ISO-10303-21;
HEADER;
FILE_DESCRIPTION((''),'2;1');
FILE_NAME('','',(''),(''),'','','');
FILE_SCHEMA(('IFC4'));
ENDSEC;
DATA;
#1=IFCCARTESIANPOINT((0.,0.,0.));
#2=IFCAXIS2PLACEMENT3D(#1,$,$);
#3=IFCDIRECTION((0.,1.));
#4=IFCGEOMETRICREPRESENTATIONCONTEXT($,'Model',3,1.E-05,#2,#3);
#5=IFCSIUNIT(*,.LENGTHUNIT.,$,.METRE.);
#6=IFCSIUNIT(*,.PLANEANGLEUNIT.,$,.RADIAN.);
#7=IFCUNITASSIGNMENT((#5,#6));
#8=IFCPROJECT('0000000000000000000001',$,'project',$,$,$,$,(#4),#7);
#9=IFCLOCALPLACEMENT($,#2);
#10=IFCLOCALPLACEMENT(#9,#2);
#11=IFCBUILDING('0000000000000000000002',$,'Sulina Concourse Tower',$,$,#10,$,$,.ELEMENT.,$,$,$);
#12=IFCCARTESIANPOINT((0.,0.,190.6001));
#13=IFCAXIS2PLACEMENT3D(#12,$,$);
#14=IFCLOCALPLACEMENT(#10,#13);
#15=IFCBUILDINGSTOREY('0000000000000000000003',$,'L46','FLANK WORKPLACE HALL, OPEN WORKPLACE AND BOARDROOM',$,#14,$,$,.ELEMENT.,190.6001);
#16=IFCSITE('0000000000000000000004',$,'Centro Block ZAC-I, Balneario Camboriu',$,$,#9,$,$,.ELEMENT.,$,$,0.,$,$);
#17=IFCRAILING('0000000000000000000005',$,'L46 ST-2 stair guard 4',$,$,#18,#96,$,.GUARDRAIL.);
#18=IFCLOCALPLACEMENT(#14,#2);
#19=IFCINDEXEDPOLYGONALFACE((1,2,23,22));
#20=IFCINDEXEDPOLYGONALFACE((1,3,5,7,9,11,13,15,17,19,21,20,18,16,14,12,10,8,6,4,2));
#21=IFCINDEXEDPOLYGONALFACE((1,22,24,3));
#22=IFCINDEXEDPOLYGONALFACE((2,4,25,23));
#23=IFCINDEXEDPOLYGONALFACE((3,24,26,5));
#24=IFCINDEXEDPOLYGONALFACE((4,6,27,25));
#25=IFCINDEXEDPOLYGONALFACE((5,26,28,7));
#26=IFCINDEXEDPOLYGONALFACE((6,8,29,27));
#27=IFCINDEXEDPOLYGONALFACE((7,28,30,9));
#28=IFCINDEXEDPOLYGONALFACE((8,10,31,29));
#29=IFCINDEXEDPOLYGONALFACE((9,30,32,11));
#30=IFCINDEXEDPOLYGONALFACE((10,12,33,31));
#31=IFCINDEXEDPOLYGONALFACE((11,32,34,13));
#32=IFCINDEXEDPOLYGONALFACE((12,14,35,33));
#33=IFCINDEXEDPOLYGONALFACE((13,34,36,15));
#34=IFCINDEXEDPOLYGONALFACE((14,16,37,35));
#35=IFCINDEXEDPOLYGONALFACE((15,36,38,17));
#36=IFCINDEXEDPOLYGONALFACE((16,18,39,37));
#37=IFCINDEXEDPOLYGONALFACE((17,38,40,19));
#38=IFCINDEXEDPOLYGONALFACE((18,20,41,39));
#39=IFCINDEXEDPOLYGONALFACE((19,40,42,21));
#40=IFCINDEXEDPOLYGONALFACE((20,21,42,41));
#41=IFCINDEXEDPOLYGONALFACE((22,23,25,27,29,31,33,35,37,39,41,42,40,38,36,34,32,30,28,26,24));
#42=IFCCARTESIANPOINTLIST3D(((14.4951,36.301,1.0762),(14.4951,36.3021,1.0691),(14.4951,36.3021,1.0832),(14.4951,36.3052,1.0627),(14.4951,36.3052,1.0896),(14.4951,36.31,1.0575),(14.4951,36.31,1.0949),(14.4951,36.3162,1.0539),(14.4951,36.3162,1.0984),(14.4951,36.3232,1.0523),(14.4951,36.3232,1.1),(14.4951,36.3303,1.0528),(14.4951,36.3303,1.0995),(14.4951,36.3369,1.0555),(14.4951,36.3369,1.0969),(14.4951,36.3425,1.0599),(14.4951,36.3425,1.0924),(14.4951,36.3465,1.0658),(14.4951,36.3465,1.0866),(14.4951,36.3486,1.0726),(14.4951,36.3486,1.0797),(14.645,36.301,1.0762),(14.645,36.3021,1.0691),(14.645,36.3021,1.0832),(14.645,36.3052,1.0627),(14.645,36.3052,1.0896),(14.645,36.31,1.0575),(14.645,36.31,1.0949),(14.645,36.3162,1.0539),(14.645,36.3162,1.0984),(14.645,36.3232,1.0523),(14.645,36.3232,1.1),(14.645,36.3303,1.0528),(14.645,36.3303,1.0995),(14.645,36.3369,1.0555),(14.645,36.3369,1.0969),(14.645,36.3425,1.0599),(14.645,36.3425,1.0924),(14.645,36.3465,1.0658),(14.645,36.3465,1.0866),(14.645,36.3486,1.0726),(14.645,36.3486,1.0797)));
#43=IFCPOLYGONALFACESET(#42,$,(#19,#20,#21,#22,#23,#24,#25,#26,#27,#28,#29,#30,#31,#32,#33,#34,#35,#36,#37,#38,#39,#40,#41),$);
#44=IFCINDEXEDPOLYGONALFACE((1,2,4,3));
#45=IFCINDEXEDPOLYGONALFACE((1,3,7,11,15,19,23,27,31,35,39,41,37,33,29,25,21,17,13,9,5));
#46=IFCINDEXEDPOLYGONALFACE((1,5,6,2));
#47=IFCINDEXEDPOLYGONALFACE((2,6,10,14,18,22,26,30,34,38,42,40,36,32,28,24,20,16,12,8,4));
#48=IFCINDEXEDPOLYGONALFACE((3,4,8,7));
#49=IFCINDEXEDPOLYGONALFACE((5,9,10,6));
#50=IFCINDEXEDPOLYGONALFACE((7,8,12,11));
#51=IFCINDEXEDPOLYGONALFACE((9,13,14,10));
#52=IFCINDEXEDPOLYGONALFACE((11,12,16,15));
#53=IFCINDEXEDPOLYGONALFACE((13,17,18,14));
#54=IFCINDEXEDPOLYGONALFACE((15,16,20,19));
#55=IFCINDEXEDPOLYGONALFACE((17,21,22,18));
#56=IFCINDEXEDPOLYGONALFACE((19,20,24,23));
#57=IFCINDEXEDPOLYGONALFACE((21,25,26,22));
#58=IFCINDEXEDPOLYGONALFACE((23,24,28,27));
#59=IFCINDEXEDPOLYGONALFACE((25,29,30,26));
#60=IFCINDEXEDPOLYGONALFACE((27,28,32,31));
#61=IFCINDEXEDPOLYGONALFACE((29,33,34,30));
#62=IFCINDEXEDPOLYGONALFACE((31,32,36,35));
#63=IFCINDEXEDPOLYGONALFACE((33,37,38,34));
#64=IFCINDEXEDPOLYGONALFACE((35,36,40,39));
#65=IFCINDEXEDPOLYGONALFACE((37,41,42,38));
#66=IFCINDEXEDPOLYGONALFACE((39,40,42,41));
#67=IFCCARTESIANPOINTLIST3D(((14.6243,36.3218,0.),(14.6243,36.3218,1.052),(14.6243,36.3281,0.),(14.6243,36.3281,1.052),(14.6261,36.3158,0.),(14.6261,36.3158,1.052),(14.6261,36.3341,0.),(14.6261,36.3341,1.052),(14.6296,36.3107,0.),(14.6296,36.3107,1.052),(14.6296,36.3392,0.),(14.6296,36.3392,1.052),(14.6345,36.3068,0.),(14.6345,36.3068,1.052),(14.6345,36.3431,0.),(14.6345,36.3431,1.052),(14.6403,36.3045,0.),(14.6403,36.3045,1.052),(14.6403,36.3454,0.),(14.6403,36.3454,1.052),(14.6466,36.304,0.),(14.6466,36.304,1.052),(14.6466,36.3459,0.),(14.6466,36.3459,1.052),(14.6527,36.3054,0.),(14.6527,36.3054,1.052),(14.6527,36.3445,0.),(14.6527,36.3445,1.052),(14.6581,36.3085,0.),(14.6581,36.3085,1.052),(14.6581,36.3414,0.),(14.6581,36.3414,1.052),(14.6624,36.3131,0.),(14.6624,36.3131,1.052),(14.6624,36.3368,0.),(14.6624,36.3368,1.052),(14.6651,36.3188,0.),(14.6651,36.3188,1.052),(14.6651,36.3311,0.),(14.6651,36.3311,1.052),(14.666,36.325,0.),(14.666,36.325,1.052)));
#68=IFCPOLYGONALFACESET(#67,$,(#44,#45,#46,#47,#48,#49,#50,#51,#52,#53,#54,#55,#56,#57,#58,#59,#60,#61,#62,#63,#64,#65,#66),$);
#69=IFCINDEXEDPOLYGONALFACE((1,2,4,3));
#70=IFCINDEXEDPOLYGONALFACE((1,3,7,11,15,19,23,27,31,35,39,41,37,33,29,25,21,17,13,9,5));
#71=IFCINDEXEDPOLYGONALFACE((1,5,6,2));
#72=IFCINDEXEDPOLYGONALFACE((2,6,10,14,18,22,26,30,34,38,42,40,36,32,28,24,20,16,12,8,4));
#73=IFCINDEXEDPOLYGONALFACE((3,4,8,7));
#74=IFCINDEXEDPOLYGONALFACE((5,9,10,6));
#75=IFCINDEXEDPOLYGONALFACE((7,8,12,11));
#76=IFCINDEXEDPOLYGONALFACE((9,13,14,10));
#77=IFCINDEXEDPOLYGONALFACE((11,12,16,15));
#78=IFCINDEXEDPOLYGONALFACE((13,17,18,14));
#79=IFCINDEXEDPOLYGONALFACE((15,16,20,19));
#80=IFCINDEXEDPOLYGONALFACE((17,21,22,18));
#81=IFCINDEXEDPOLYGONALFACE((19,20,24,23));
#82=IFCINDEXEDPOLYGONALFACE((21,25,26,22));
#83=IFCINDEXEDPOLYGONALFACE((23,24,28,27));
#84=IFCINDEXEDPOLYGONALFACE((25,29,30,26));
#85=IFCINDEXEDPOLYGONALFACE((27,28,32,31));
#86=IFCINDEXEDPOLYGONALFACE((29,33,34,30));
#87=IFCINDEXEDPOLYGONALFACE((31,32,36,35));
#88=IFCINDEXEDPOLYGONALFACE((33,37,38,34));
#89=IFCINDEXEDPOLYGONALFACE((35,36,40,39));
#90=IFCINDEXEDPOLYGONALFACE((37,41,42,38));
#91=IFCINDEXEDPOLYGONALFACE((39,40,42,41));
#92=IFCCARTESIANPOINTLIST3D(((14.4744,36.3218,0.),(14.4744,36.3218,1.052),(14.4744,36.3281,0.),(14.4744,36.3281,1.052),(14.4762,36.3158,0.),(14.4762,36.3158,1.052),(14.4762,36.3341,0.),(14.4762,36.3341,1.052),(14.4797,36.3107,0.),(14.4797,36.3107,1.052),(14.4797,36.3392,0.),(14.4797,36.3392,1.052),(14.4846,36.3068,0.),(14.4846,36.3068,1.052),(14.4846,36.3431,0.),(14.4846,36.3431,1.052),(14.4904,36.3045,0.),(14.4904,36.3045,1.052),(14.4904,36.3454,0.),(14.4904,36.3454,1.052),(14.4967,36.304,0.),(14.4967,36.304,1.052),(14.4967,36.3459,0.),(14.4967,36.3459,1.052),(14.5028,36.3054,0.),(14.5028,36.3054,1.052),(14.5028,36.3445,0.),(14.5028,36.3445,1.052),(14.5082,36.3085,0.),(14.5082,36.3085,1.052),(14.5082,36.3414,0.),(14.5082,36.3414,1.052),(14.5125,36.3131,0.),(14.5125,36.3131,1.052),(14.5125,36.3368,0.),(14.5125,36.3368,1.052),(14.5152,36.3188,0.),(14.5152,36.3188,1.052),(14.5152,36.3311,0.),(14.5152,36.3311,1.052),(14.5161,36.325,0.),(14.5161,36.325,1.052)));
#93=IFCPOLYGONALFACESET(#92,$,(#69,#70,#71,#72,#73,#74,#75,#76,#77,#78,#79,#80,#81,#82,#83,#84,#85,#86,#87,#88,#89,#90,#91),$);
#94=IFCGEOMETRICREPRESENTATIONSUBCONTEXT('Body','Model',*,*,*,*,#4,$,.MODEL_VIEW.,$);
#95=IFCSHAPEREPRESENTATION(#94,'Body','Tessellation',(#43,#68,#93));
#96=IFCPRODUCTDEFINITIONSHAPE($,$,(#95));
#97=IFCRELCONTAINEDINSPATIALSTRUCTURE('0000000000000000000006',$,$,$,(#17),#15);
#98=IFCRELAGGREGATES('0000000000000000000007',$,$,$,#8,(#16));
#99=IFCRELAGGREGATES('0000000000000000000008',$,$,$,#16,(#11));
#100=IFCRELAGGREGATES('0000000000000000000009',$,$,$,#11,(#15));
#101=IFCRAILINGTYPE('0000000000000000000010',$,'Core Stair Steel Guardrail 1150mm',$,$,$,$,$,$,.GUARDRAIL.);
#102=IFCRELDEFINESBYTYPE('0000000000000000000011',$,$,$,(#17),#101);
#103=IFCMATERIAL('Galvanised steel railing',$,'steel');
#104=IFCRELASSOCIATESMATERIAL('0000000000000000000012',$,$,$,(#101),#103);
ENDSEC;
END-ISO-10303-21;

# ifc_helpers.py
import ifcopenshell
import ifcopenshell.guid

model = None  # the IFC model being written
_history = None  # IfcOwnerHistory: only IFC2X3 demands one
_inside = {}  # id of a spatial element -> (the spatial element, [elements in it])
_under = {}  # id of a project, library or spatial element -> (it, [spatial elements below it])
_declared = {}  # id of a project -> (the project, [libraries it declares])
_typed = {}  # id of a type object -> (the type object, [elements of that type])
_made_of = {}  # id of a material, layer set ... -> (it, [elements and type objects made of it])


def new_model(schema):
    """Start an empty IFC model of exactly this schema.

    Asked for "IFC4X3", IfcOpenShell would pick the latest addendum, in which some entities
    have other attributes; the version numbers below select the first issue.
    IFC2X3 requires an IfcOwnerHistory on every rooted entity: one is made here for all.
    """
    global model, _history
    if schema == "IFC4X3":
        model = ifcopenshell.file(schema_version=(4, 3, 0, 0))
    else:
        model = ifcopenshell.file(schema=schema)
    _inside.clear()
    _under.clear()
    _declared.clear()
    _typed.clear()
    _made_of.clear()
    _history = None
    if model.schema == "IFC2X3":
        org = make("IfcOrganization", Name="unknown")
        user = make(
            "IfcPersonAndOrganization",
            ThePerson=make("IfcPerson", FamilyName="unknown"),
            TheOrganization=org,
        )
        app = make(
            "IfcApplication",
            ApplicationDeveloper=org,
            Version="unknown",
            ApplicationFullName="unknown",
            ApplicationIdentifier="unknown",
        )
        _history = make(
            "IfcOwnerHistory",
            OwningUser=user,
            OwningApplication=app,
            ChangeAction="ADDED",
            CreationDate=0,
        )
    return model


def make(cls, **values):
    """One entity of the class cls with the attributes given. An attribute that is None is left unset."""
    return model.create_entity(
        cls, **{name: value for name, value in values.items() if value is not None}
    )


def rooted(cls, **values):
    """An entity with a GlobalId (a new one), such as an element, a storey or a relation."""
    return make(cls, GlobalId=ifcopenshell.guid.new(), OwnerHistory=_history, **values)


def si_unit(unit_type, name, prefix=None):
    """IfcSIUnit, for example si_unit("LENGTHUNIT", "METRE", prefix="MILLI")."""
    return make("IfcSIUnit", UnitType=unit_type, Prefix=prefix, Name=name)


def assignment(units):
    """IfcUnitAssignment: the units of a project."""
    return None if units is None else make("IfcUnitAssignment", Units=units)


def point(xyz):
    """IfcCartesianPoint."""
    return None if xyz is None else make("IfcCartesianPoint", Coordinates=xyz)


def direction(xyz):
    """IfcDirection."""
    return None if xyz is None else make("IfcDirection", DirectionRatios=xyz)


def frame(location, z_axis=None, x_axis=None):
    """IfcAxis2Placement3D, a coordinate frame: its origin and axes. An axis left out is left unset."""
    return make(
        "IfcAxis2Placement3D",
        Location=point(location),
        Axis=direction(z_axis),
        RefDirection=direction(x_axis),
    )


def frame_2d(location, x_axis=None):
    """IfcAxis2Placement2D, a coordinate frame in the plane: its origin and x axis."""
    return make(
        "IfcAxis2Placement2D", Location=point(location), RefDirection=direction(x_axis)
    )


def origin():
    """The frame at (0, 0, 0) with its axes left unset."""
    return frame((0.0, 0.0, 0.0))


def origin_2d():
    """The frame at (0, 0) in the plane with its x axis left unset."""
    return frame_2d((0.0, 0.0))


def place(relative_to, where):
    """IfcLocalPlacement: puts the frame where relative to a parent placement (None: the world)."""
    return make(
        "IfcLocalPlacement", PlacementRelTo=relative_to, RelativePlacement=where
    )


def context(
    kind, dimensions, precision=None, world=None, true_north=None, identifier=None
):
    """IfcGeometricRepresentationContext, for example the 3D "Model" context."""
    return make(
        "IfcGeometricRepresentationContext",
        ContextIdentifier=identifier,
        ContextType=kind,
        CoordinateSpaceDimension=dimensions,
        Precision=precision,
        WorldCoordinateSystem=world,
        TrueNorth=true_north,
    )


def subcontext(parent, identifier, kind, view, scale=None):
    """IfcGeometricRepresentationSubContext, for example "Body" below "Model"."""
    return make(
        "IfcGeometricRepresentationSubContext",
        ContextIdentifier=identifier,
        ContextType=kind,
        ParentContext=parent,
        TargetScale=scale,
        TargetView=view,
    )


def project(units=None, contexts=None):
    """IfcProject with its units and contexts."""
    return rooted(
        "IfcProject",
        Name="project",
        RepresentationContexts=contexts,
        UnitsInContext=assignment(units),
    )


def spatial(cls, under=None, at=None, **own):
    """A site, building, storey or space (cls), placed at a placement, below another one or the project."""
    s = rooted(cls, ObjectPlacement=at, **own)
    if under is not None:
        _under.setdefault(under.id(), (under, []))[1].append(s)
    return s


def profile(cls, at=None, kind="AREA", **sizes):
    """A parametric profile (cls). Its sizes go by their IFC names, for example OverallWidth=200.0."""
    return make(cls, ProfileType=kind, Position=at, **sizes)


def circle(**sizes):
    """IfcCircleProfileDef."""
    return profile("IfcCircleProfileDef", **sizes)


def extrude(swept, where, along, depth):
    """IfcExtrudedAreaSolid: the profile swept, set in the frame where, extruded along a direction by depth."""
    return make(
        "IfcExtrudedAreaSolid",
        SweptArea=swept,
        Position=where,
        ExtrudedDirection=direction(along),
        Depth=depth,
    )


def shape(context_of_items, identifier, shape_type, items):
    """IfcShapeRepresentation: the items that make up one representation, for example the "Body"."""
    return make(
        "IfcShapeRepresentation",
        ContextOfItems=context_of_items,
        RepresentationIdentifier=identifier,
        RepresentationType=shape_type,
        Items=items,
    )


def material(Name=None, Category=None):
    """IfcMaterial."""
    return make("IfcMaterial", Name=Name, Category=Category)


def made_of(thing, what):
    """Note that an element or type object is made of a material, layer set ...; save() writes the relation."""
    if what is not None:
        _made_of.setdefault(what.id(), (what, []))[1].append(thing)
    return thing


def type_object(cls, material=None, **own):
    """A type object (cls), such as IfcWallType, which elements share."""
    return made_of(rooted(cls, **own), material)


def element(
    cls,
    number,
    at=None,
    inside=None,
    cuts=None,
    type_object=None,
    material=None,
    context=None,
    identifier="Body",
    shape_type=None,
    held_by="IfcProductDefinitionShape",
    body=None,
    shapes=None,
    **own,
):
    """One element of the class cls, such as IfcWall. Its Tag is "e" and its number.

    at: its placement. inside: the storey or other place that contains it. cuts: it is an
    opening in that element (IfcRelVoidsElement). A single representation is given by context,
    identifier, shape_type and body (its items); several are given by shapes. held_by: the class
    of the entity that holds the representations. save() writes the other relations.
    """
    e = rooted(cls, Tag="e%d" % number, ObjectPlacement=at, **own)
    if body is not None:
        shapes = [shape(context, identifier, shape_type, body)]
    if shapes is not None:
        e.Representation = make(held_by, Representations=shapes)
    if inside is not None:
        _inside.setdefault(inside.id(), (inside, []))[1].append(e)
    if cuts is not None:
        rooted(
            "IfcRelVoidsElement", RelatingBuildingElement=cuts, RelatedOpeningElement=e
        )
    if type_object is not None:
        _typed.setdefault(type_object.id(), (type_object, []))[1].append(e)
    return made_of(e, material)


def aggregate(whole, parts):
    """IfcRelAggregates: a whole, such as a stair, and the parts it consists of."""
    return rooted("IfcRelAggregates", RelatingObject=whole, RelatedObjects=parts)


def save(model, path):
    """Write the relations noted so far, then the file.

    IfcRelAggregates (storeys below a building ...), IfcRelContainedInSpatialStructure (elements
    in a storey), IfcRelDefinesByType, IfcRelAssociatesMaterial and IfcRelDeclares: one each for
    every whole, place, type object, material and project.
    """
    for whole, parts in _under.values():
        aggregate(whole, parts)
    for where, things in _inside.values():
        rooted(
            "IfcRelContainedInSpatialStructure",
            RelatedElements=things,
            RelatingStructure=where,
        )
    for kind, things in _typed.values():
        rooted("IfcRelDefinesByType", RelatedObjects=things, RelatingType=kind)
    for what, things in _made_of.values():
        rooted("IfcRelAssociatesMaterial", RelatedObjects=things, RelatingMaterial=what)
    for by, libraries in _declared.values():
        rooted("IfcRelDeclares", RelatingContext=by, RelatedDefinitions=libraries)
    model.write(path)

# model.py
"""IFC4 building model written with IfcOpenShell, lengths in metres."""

from ifc_helpers import new_model, si_unit, direction, frame, origin, origin_2d, place, context, subcontext, project, spatial, circle, extrude, material, type_object, element, save


model = new_model("IFC4")

# Units and contexts
model_context = context("Model", 3, precision=1e-05, world=origin(), true_north=direction((0.0, 1.0)))
body_context = subcontext(model_context, "Body", "Model", "MODEL_VIEW")
ifc_project = project(units=[si_unit("LENGTHUNIT", "METRE"), si_unit("PLANEANGLEUNIT", "RADIAN")], contexts=[model_context])

# Site, building, storey
site_placement = place(None, origin())
site = spatial("IfcSite", under=ifc_project, at=site_placement, Name="Centro Block ZAC-I, Balneario Camboriu", CompositionType="ELEMENT", RefElevation=0.0)
building_placement = place(site_placement, origin())
building = spatial("IfcBuilding", under=site, at=building_placement, Name="Sulina Concourse Tower", CompositionType="ELEMENT")
storey_placement = place(building_placement, frame((0.0, 0.0, 190.6001)))
storey = spatial("IfcBuildingStorey", under=building, at=storey_placement, Name="L46", Description="FLANK WORKPLACE HALL, OPEN WORKPLACE AND BOARDROOM", CompositionType="ELEMENT", Elevation=190.6001)

# Railing
ifc_material_1 = material(Name="Galvanised steel railing", Category="steel")
railing_type_1 = type_object("IfcRailingType", Name="Core Stair Steel Guardrail 1150mm", PredefinedType="GUARDRAIL", material=ifc_material_1)
railing_1_placement = place(storey_placement, frame((14.645, 36.325, 0.0)))
element("IfcRailing", 1, at=railing_1_placement, inside=storey, type_object=railing_type_1, Name="L46 ST-2 stair guard 4", PredefinedType="GUARDRAIL", context=body_context, shape_type="SweptSolid", body=[
    extrude(circle(Radius=0.0239, at=origin_2d()), frame((0.0, 0.0, 1.0762), z_axis=(-1.0, 0.0, 0.0), x_axis=(0.0, -1.0, 0.0)), (0.0, 0.0, 1.0), 0.1499),
    extrude(circle(Radius=0.021, at=origin_2d()), origin(), (0.0, 0.0, 1.0), 1.052),
    extrude(circle(Radius=0.021, at=origin_2d()), frame((-0.1499, 0.0, 0.0)), (0.0, 0.0, 1.0), 1.052),
])

save(model, "model.ifc")
